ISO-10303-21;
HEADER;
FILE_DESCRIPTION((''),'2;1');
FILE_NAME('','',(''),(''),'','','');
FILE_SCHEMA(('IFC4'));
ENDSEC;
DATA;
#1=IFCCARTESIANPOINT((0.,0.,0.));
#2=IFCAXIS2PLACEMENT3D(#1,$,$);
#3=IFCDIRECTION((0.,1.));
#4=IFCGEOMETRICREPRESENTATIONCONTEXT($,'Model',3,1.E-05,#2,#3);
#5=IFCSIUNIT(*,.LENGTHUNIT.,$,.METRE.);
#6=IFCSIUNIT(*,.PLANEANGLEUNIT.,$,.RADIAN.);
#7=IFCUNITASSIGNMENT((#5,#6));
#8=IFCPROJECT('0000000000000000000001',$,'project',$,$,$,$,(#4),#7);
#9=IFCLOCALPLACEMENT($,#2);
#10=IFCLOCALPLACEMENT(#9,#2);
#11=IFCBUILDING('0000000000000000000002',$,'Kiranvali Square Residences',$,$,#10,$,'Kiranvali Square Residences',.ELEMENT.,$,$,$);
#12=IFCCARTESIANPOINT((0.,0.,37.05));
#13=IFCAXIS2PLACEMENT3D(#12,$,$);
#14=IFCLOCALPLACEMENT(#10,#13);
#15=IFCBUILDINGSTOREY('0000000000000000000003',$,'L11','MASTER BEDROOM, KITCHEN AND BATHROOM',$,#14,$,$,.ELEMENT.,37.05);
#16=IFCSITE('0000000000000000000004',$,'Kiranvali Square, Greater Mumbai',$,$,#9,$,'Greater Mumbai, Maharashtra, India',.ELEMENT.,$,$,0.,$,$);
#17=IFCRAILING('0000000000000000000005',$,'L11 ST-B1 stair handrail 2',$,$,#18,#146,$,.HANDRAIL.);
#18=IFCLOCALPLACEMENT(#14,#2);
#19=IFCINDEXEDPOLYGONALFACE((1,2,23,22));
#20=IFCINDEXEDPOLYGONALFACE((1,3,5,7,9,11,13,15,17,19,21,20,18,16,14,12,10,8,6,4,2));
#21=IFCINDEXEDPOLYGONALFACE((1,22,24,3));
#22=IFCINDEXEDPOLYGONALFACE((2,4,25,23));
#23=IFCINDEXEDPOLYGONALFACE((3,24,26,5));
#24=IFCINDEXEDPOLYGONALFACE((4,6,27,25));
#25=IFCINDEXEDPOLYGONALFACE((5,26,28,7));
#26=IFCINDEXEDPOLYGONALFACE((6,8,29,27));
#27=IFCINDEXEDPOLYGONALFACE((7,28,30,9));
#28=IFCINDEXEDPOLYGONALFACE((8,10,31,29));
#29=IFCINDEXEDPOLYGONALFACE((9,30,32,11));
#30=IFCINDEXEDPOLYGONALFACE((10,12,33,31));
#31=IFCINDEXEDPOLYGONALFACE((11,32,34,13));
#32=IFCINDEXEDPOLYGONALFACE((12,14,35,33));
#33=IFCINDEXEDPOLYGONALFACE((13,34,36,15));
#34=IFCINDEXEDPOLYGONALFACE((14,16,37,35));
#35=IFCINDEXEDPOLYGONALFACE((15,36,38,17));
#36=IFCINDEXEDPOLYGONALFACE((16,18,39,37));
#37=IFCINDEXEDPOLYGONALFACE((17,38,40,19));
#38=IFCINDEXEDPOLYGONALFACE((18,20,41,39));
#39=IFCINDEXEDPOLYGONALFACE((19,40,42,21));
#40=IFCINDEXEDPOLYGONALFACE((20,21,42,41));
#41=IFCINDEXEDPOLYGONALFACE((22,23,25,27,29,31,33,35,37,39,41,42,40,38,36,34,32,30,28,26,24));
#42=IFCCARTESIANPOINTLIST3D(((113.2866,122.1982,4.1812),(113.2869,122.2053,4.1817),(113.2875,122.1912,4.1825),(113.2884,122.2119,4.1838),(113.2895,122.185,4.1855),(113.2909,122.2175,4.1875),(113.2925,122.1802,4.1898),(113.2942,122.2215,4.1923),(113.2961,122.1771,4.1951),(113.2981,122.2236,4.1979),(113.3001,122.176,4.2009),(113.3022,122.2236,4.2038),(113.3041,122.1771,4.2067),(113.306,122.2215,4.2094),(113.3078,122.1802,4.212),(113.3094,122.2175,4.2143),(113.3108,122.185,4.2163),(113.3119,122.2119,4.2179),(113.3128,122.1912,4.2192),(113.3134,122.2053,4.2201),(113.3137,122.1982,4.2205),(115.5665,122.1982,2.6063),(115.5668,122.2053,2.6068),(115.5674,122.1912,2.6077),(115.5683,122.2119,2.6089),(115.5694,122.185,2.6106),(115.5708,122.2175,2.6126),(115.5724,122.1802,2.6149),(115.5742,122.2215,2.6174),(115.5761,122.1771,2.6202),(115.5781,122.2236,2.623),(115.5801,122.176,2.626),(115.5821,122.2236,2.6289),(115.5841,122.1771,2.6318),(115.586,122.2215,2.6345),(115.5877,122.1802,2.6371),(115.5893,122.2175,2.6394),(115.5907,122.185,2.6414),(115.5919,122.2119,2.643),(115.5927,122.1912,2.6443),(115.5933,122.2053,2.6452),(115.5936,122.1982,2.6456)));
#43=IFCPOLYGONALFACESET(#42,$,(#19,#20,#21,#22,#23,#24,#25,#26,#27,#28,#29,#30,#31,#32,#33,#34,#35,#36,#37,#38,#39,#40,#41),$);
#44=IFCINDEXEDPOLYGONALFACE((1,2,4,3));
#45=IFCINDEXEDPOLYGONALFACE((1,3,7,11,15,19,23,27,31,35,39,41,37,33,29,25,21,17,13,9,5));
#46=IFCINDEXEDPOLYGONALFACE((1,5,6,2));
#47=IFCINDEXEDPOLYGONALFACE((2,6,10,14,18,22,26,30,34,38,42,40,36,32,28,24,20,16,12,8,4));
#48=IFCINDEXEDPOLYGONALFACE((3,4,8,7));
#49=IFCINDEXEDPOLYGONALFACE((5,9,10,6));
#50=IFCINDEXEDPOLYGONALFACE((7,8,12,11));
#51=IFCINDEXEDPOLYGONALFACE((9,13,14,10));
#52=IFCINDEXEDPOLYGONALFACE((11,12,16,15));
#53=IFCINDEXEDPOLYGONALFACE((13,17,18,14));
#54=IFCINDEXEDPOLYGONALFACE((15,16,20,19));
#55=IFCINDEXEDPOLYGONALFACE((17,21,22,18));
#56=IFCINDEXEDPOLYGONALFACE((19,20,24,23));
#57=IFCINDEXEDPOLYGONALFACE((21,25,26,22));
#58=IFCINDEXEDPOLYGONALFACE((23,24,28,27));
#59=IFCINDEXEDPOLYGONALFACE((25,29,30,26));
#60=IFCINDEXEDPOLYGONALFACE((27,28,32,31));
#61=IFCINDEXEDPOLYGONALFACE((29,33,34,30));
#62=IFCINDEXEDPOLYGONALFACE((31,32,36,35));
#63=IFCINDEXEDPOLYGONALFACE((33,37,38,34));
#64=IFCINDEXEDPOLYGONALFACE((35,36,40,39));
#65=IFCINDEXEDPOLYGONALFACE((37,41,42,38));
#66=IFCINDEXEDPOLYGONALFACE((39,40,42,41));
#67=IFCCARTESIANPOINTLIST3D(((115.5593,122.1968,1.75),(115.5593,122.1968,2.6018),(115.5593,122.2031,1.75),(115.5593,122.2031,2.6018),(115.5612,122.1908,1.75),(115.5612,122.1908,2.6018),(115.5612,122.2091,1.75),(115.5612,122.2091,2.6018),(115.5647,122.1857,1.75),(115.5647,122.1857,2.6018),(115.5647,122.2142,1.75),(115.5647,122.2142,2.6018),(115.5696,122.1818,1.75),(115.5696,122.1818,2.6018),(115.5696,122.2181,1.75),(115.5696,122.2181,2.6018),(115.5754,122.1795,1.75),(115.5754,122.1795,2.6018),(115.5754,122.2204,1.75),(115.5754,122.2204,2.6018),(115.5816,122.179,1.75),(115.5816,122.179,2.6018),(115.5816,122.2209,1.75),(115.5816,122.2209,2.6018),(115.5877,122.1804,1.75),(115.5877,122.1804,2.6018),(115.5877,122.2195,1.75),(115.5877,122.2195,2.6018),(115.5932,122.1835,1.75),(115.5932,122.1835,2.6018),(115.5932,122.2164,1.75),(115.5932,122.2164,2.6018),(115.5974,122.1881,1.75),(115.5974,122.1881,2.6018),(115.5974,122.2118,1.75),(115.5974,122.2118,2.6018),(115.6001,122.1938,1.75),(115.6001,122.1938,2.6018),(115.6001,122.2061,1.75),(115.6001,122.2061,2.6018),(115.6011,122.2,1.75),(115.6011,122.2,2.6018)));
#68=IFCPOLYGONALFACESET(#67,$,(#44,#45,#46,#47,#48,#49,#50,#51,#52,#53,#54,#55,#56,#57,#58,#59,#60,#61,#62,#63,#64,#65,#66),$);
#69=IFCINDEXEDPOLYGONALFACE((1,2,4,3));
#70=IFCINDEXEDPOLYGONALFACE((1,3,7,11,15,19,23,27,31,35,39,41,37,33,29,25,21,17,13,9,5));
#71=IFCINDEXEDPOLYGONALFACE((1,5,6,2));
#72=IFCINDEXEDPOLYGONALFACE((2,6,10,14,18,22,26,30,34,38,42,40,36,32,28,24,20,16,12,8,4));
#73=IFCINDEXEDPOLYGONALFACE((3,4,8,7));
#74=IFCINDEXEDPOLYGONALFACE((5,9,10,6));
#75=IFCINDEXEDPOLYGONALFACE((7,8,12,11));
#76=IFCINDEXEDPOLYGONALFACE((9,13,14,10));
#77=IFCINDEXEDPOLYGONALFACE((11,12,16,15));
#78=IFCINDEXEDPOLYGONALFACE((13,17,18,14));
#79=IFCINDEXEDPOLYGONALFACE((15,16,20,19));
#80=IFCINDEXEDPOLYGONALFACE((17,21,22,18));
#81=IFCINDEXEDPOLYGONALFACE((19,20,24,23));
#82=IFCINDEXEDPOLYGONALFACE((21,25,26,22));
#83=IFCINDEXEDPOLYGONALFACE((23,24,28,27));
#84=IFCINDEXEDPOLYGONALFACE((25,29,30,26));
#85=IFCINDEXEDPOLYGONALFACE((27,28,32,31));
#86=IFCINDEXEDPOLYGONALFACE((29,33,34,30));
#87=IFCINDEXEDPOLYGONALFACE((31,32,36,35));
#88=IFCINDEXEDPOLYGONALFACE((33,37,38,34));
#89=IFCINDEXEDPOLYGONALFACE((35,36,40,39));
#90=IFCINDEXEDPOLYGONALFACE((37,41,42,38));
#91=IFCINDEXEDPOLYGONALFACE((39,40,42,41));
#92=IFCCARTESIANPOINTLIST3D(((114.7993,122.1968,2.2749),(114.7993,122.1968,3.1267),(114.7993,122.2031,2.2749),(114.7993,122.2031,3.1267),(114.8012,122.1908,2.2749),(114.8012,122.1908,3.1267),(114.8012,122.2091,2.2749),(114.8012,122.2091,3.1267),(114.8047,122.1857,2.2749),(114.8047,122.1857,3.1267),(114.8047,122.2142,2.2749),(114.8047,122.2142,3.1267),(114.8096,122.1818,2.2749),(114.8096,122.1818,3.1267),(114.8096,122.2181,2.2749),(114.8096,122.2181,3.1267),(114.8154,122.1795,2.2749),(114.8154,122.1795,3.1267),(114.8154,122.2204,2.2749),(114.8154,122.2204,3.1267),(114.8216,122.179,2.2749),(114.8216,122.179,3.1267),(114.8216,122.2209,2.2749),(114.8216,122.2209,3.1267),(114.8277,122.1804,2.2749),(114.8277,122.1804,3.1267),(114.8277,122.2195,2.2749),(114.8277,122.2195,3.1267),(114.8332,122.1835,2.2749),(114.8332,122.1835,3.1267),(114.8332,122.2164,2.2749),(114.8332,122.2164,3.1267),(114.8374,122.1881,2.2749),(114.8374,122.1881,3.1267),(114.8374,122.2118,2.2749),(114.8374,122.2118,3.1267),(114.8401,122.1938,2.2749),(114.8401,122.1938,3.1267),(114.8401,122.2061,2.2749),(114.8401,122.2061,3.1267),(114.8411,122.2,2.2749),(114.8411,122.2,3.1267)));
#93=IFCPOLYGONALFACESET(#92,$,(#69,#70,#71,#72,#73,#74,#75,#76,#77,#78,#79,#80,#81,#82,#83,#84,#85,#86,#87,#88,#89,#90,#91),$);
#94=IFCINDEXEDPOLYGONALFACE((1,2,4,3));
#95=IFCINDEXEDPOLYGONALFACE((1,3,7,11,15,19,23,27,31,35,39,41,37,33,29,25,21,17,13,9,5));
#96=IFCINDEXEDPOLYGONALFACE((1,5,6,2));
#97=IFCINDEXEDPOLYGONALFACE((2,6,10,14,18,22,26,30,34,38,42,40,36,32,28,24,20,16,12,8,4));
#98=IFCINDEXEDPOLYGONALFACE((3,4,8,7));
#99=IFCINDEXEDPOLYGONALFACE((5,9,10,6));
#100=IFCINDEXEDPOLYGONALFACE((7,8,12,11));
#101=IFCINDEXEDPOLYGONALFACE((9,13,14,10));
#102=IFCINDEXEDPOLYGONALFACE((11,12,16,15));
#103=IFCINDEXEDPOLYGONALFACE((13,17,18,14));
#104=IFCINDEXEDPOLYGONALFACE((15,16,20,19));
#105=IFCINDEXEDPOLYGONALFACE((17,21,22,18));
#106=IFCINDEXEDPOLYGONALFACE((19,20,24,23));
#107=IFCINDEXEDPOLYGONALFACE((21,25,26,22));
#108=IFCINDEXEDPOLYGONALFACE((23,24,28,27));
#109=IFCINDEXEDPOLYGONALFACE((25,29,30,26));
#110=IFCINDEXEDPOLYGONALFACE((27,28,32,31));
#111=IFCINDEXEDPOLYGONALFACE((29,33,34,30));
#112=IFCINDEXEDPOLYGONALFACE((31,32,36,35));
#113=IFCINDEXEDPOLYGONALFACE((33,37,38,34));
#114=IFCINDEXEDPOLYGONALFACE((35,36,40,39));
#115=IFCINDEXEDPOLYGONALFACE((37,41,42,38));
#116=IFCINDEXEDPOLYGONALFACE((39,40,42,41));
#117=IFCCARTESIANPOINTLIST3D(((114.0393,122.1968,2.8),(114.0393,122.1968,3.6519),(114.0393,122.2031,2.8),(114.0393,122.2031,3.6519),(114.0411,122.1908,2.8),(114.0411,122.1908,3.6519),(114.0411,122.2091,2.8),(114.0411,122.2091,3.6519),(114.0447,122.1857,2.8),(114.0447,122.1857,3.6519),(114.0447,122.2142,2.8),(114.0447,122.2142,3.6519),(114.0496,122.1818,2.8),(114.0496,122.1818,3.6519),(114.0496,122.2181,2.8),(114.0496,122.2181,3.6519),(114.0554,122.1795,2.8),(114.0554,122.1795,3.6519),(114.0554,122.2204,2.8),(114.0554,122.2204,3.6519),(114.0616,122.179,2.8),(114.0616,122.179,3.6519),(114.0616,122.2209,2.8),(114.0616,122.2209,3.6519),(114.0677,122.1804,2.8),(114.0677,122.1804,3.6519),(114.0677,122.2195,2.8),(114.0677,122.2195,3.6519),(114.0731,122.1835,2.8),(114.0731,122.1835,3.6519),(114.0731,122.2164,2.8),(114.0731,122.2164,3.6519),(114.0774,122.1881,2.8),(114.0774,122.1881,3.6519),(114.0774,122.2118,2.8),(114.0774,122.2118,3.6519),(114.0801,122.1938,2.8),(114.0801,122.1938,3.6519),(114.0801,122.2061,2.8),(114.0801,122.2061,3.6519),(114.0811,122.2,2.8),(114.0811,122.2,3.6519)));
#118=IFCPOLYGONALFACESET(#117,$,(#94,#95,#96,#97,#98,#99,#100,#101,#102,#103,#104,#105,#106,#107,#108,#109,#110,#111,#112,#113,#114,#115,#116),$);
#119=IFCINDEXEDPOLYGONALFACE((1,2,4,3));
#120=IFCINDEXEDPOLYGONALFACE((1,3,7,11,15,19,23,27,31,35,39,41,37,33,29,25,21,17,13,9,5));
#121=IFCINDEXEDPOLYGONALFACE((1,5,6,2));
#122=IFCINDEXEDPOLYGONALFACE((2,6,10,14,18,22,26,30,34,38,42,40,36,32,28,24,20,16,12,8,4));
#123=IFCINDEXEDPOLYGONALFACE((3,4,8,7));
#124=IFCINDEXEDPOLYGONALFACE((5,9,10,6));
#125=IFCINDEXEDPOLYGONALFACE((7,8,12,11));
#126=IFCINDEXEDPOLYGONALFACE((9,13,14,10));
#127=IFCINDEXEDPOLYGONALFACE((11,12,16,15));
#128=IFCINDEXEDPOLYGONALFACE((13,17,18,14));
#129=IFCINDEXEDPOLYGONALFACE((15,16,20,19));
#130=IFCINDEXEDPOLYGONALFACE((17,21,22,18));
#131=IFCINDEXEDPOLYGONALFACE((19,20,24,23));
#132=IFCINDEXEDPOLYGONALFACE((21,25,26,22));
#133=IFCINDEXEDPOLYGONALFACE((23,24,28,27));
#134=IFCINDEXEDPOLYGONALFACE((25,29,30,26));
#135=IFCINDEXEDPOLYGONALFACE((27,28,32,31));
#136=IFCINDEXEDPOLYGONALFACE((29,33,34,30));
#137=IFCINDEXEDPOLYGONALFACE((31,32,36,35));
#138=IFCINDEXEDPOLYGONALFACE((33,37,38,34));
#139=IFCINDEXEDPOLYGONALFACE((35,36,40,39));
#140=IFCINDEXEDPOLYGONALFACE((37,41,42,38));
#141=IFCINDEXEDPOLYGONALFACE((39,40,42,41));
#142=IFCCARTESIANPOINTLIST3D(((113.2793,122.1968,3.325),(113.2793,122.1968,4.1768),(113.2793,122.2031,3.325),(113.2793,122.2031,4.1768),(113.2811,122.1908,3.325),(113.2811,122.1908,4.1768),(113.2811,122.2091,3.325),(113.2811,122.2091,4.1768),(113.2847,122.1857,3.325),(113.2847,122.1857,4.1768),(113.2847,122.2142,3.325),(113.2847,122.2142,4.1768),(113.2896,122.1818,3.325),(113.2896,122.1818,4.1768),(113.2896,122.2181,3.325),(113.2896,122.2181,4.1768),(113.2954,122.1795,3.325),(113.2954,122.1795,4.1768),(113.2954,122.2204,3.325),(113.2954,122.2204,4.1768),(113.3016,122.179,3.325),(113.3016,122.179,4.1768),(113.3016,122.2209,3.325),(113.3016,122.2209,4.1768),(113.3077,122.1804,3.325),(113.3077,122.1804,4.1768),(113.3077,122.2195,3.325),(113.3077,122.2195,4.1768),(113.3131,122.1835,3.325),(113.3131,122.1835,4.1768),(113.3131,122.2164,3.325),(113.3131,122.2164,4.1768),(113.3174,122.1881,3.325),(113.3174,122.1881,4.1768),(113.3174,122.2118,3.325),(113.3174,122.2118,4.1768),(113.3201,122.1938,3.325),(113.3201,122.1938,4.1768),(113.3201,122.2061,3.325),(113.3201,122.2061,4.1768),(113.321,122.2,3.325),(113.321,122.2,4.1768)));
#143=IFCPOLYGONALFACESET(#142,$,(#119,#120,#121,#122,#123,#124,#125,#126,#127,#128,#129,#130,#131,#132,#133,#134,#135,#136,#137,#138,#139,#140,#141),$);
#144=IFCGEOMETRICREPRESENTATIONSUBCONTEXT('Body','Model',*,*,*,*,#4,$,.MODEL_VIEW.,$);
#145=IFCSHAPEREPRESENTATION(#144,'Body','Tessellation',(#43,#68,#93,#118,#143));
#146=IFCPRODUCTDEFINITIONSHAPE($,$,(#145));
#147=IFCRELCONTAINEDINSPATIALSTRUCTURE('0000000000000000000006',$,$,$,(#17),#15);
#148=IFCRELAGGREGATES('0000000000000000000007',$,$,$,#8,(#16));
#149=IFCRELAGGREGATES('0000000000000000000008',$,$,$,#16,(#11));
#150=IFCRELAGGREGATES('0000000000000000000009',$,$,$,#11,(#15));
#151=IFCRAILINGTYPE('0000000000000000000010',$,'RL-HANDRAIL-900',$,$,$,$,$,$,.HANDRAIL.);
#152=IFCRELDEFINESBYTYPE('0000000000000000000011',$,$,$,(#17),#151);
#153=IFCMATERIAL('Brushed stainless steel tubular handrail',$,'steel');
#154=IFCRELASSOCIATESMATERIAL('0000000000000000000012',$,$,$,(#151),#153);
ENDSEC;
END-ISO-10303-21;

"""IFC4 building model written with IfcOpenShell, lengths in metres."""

from ifc_helpers import new_model, si_unit, direction, frame, origin, origin_2d, place, context, subcontext, project, spatial, circle, extrude, material, type_object, element, save


model = new_model("IFC4")

# Units and contexts
model_context = context("Model", 3, precision=1e-05, world=origin(), true_north=direction((0.0, 1.0)))
body_context = subcontext(model_context, "Body", "Model", "MODEL_VIEW")
ifc_project = project(units=[si_unit("LENGTHUNIT", "METRE"), si_unit("PLANEANGLEUNIT", "RADIAN")], contexts=[model_context])

# Site, building, storey
site_placement = place(None, origin())
site = spatial("IfcSite", under=ifc_project, at=site_placement, Name="Kiranvali Square, Greater Mumbai", LongName="Greater Mumbai, Maharashtra, India", CompositionType="ELEMENT", RefElevation=0.0)
building_placement = place(site_placement, origin())
building = spatial("IfcBuilding", under=site, at=building_placement, Name="Kiranvali Square Residences", LongName="Kiranvali Square Residences", CompositionType="ELEMENT")
storey_placement = place(building_placement, frame((0.0, 0.0, 37.05)))
storey = spatial("IfcBuildingStorey", under=building, at=storey_placement, Name="L11", Description="MASTER BEDROOM, KITCHEN AND BATHROOM", CompositionType="ELEMENT", Elevation=37.05)

# Railing
ifc_material_1 = material(Name="Brushed stainless steel tubular handrail", Category="steel")
railing_type_1 = type_object("IfcRailingType", Name="RL-HANDRAIL-900", PredefinedType="HANDRAIL", material=ifc_material_1)
railing_1_placement = place(storey_placement, frame((115.5801, 122.2, 1.75)))
element("IfcRailing", 1, at=railing_1_placement, inside=storey, type_object=railing_type_1, Name="L11 ST-B1 stair handrail 2", PredefinedType="HANDRAIL", context=body_context, shape_type="SweptSolid", body=[
    extrude(circle(Radius=0.0239, at=origin_2d()), frame((0.0, 0.0, 0.876), z_axis=(-0.822788, 0.0, 0.568348), x_axis=(0.0, -1.0, 0.0)), (0.0, 0.0, 1.0), 2.771),
    extrude(circle(Radius=0.021, at=origin_2d()), origin(), (0.0, 0.0, 1.0), 0.8518),
    extrude(circle(Radius=0.021, at=origin_2d()), frame((-0.76, 0.0, 0.5249)), (0.0, 0.0, 1.0), 0.8518),
    extrude(circle(Radius=0.021, at=origin_2d()), frame((-1.52, 0.0, 1.05)), (0.0, 0.0, 1.0), 0.8518),
    extrude(circle(Radius=0.021, at=origin_2d()), frame((-2.28, 0.0, 1.575)), (0.0, 0.0, 1.0), 0.8518),
])

save(model, "model.ifc")
